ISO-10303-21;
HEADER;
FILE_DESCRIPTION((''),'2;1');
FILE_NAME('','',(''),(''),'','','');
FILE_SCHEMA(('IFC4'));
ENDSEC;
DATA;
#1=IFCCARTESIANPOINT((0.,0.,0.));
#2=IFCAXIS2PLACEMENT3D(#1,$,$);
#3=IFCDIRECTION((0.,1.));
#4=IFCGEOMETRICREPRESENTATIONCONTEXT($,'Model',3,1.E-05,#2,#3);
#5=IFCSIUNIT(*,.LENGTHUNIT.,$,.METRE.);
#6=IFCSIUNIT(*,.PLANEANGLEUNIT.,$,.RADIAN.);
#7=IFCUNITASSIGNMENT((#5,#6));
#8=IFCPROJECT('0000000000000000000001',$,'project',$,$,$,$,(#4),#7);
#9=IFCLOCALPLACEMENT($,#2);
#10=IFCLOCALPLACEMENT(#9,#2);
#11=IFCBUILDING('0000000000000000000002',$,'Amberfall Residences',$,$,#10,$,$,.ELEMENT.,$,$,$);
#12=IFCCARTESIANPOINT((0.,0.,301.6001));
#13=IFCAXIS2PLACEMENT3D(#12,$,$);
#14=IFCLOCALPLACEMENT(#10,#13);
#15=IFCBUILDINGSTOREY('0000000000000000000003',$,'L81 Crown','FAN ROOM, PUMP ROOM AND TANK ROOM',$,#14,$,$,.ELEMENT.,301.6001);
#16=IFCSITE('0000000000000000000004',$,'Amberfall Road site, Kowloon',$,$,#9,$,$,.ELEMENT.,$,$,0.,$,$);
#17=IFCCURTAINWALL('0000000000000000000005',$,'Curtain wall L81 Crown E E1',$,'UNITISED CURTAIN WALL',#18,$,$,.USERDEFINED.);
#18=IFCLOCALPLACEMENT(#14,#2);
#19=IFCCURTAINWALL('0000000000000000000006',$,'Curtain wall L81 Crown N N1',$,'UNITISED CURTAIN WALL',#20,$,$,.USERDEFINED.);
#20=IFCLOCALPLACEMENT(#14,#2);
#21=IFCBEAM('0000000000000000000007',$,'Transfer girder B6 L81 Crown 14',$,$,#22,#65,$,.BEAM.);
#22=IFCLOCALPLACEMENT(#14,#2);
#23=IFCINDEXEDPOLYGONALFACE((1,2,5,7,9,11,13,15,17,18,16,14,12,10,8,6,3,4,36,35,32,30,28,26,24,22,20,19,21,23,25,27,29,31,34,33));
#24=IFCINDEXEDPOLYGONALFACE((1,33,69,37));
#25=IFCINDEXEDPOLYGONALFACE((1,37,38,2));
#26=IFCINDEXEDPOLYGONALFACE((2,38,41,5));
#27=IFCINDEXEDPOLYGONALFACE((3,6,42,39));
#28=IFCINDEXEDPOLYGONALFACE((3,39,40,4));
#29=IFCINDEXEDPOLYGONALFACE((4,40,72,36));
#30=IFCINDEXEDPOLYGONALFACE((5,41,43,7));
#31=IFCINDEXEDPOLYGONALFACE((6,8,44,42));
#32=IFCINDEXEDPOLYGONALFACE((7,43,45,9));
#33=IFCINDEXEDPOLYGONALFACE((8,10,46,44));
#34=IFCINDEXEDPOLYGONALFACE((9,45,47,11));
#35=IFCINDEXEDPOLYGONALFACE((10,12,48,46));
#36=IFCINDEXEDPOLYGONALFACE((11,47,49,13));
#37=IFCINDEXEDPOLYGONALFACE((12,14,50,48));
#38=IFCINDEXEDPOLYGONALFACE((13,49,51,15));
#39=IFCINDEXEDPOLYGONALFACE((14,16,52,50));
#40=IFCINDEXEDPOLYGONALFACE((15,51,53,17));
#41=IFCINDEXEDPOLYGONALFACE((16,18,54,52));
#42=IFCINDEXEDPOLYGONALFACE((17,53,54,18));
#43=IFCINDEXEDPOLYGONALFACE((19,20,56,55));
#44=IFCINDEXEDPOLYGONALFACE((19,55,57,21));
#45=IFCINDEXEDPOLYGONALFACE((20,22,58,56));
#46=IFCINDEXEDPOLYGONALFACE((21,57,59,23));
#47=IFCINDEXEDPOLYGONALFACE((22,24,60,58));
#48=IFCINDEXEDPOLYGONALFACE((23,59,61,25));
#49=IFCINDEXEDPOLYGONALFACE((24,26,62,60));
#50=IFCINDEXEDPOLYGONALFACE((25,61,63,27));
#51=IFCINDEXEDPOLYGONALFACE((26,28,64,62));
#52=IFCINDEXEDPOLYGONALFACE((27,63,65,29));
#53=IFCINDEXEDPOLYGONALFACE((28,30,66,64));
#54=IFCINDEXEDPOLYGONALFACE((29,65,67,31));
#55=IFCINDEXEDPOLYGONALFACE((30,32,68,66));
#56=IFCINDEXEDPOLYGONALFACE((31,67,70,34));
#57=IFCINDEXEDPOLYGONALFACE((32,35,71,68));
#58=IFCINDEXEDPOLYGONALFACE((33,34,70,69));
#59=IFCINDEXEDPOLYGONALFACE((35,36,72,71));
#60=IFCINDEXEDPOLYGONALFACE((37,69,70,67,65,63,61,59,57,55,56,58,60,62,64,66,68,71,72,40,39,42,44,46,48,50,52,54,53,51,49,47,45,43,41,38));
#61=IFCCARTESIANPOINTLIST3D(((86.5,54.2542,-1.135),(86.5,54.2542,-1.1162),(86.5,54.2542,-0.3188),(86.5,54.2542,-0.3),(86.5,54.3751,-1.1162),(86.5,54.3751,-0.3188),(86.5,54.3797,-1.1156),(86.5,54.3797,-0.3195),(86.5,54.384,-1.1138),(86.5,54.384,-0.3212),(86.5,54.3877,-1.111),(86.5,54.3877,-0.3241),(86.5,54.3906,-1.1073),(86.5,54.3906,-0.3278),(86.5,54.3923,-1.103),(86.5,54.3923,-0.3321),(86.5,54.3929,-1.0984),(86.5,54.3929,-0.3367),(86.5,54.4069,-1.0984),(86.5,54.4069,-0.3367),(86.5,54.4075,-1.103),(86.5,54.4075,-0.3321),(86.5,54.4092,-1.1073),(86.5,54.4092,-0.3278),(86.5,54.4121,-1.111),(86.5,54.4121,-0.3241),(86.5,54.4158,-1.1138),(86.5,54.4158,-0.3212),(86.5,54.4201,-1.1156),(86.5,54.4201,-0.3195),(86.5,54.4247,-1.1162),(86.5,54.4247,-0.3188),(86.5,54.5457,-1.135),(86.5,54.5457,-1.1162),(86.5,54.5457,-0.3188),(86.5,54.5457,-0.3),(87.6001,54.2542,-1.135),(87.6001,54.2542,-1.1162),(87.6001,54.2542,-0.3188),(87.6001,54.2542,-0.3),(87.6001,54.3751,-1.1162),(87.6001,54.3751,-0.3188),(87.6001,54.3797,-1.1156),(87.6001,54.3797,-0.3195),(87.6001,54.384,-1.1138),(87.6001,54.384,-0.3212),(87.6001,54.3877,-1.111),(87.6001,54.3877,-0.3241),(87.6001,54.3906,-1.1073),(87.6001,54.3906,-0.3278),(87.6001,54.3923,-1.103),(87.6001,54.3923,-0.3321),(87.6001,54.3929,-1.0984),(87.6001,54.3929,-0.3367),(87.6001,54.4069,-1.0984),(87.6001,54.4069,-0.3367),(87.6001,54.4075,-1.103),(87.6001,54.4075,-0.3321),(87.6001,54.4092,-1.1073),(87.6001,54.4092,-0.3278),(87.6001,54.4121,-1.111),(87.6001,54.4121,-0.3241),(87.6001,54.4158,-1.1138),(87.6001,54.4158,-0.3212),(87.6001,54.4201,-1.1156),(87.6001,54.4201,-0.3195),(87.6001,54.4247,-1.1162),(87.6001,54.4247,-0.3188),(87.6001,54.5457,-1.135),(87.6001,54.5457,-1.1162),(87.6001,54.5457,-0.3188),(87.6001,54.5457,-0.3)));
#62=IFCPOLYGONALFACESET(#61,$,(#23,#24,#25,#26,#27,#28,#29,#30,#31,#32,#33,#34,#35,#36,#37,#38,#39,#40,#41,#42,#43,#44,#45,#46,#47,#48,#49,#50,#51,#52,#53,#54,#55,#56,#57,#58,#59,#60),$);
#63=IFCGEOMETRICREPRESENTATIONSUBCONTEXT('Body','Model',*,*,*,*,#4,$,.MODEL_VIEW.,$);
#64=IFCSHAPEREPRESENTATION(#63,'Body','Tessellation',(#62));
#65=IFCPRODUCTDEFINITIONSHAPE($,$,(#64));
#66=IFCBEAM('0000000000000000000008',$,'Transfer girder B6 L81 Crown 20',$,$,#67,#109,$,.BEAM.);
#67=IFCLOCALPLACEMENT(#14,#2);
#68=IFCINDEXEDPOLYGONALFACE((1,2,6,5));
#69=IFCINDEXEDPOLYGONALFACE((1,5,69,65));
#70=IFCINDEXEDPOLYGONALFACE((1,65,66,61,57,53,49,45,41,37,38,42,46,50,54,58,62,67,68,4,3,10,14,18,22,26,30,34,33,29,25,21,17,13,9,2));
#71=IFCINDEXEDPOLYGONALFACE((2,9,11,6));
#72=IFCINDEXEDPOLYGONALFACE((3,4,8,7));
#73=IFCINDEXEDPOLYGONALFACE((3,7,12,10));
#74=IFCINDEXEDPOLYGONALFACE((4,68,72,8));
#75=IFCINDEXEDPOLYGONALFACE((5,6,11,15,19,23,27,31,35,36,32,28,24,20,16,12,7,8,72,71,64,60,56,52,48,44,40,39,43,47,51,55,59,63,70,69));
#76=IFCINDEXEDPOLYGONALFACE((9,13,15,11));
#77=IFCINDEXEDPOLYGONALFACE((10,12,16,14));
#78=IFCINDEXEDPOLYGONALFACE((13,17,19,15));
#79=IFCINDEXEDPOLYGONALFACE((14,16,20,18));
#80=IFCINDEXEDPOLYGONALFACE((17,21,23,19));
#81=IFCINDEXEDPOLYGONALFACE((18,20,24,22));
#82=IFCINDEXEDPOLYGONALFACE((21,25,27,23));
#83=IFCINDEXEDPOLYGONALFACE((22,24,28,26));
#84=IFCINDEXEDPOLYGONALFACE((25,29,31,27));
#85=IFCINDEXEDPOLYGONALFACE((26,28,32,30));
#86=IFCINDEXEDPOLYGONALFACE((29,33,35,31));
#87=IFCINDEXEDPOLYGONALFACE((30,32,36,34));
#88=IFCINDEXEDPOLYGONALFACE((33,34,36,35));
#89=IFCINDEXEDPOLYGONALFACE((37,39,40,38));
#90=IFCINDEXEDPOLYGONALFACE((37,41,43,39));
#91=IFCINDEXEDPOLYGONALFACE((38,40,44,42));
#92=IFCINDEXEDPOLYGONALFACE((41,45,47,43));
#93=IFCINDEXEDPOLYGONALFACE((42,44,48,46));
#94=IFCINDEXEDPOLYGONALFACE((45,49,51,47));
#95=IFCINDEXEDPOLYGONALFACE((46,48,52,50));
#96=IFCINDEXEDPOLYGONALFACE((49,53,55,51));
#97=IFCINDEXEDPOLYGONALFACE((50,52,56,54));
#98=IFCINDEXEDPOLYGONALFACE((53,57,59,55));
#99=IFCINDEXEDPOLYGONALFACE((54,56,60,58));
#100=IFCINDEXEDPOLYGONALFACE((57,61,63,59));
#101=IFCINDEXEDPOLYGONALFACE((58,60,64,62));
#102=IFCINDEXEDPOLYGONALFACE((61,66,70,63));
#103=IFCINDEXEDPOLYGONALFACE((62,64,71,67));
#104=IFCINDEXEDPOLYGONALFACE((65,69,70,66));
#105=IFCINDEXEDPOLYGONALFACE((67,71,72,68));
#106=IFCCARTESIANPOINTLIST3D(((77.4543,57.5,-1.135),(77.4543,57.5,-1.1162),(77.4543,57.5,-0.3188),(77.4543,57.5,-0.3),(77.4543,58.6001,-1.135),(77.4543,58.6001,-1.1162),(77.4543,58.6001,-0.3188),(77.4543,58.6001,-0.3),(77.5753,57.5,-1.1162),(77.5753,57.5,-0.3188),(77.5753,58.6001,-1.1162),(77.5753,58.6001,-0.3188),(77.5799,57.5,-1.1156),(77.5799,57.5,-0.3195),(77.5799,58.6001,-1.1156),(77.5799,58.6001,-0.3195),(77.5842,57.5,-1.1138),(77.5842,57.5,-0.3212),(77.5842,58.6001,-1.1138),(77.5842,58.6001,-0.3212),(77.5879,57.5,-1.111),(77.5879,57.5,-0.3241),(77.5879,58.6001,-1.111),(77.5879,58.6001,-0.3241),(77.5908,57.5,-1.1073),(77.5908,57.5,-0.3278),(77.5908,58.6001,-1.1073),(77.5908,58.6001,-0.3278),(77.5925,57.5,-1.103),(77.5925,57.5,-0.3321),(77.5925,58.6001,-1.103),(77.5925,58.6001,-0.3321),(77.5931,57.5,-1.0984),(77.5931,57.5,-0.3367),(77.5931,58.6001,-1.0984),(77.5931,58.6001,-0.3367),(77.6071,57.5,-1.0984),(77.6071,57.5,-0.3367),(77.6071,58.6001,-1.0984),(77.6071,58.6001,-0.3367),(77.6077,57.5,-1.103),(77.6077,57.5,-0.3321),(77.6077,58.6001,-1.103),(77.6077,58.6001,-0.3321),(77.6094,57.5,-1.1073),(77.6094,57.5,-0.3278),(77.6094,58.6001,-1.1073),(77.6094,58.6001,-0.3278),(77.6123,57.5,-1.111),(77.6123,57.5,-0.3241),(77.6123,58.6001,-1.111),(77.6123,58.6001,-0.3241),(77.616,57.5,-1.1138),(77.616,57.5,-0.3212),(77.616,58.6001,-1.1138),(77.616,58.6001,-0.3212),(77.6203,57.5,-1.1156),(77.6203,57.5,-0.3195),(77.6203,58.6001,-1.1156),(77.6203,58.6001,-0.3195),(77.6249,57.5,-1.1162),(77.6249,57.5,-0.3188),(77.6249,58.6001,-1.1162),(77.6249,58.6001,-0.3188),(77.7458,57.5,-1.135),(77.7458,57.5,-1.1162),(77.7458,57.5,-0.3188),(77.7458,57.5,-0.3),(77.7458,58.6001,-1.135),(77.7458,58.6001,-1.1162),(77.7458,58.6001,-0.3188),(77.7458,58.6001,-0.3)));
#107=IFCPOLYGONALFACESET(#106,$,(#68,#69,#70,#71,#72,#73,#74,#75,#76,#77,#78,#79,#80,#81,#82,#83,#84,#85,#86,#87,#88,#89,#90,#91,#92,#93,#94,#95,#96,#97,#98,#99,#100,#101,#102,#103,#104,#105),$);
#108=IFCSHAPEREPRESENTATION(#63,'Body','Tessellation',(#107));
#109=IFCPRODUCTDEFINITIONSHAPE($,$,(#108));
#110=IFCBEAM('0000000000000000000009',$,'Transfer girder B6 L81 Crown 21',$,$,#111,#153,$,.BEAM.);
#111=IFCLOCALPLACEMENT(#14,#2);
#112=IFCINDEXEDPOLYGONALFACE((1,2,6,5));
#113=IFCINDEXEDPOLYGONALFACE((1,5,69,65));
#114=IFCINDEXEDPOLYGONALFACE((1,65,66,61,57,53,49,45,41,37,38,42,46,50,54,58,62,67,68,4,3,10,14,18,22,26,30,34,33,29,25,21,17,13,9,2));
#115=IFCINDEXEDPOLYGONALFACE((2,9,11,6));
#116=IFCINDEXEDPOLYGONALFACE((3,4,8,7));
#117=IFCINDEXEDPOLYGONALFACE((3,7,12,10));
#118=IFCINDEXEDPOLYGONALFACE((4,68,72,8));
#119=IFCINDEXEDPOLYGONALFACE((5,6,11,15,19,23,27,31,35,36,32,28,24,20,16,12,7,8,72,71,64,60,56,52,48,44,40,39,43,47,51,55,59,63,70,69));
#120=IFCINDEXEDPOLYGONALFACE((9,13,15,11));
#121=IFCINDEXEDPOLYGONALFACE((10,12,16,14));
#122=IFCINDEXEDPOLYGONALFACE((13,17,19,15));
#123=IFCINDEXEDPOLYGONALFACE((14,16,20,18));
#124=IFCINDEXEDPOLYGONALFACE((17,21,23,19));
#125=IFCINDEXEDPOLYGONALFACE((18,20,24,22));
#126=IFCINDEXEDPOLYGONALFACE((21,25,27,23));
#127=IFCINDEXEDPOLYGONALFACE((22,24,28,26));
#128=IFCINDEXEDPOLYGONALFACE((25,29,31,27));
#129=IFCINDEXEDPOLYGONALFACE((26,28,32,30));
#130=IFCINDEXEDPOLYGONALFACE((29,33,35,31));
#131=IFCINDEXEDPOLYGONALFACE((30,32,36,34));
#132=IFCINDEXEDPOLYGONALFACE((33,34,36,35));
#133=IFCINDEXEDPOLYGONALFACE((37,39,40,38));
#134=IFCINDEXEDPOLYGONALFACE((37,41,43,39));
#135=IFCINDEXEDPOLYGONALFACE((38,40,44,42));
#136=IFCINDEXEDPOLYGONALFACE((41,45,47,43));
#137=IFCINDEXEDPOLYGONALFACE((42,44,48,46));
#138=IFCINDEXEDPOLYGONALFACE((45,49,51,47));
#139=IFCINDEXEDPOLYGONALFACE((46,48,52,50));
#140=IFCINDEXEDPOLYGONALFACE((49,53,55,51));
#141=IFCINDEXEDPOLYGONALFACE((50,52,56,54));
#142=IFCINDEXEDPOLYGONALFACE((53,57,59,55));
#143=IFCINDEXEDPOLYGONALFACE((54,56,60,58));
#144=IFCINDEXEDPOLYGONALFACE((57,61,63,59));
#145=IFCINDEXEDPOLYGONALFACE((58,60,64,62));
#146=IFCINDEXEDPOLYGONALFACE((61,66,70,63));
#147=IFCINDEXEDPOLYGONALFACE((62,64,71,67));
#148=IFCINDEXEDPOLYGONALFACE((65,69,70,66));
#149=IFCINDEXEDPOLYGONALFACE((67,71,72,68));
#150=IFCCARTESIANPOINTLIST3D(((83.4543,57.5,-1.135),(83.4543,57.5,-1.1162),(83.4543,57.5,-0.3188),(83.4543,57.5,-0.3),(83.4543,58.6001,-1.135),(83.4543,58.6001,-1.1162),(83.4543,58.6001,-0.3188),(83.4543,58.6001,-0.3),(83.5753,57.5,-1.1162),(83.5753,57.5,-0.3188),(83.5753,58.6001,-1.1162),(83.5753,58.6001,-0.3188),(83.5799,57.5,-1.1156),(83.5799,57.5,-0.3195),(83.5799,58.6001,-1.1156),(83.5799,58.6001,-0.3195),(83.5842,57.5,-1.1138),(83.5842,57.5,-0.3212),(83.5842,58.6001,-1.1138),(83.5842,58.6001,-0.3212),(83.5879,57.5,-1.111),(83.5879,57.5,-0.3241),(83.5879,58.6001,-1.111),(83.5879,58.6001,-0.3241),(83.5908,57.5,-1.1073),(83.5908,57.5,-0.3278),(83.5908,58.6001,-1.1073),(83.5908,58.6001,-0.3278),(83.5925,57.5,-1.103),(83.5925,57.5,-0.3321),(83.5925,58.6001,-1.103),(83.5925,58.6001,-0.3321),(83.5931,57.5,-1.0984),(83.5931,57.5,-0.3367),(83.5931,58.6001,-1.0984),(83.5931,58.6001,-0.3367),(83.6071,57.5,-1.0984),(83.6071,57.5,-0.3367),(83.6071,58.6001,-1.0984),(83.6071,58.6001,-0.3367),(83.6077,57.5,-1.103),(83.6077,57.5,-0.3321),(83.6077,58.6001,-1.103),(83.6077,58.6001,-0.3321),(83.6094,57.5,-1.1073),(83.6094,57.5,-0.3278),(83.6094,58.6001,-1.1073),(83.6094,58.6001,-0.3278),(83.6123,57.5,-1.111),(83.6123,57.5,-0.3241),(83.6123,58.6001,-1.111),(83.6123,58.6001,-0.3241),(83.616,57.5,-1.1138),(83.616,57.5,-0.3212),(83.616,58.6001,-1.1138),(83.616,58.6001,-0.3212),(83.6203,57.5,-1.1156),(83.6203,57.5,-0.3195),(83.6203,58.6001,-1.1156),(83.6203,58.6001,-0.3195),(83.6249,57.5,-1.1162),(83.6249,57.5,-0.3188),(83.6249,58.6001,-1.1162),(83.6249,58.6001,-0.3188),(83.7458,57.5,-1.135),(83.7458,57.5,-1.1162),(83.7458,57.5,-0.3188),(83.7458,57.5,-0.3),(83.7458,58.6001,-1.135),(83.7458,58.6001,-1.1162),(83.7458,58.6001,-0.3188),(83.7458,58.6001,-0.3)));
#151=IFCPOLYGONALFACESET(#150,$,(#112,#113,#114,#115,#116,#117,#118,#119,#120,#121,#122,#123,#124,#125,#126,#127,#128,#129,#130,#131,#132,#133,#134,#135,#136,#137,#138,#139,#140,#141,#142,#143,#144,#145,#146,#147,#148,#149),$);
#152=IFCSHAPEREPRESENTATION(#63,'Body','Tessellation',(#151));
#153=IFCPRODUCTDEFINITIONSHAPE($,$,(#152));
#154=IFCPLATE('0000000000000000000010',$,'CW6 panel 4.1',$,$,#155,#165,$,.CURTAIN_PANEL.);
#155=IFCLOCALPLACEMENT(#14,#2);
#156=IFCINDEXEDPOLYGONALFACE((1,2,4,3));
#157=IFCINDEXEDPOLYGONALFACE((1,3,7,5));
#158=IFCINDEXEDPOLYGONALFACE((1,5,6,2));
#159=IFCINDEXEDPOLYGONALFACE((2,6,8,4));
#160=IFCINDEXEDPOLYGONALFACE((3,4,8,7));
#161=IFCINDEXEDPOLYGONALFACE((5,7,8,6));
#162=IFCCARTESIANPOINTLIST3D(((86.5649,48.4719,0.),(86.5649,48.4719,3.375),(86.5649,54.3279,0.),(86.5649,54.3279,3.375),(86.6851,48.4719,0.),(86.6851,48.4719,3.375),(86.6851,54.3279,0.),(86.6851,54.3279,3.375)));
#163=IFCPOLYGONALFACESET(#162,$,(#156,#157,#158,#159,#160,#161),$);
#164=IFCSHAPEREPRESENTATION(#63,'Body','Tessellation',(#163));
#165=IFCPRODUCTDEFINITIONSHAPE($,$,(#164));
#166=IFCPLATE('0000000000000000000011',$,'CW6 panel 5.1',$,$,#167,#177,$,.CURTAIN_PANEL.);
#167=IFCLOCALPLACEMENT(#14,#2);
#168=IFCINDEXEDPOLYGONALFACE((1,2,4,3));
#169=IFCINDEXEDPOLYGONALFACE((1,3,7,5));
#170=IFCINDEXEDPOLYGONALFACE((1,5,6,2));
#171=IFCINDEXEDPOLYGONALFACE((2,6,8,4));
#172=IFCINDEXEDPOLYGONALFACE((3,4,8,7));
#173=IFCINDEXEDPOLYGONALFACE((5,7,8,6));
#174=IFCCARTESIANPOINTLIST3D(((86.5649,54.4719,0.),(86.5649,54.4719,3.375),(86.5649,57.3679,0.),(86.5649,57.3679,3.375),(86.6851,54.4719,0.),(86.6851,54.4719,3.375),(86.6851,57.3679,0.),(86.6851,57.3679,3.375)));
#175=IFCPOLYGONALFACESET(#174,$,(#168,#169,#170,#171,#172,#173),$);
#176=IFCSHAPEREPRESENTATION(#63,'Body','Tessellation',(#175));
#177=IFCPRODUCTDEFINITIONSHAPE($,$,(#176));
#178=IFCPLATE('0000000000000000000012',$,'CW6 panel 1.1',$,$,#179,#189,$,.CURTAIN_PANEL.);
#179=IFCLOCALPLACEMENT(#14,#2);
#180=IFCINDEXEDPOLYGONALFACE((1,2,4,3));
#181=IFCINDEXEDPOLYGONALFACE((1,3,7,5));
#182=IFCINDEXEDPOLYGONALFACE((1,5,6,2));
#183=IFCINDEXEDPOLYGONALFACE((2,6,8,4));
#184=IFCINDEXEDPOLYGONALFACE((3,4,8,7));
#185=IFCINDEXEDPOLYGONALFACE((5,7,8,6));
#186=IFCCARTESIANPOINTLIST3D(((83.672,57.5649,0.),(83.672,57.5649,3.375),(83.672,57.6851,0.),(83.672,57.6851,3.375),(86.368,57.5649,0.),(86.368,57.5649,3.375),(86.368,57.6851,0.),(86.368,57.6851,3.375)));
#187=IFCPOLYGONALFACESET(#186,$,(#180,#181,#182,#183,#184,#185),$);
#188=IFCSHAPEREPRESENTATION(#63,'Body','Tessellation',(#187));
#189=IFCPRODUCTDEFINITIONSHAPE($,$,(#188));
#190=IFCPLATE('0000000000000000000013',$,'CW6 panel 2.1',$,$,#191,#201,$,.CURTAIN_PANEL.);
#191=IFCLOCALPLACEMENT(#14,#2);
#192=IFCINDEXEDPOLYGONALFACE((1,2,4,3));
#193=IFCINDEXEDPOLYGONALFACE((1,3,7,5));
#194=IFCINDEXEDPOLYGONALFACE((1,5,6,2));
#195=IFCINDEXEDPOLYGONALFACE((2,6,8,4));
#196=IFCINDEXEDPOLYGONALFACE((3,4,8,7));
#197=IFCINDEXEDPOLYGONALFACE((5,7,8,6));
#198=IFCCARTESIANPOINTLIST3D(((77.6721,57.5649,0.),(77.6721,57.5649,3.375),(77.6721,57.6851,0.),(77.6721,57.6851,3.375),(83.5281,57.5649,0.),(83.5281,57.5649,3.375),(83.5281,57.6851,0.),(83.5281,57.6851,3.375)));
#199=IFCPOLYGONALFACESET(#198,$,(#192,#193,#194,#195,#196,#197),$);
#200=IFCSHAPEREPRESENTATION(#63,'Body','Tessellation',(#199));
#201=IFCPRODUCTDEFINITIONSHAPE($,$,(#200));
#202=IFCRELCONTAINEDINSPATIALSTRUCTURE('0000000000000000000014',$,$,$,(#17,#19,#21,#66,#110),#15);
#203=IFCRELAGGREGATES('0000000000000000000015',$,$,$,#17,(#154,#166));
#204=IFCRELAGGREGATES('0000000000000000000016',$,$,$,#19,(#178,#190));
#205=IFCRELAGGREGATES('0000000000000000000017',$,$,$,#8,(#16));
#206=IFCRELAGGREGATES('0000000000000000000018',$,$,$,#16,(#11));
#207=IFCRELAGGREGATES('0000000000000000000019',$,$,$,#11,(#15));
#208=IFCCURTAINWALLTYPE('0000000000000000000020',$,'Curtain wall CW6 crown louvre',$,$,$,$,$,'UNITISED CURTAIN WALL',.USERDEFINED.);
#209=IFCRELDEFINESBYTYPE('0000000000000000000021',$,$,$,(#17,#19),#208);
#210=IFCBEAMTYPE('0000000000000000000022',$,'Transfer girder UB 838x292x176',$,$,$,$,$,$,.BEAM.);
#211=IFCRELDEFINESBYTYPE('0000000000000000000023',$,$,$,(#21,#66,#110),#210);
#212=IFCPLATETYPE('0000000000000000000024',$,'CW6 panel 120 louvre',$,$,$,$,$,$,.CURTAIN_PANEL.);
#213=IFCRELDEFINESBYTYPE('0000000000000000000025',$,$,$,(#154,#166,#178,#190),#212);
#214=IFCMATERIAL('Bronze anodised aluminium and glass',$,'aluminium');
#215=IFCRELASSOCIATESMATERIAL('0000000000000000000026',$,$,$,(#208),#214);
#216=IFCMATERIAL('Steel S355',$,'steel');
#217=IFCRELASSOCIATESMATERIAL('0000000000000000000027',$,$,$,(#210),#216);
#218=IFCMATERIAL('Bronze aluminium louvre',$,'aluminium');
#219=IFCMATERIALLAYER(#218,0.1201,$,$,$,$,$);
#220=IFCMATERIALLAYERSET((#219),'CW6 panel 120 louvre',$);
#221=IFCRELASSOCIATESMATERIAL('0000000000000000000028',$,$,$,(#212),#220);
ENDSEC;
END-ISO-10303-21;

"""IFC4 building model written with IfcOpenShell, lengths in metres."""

from ifc_helpers import new_model, si_unit, direction, frame, origin, origin_2d, place, context, subcontext, project, spatial, rectangle, i_section, extrude, material, layer, layer_set, material_profile, profile_set, type_object, element, aggregate, save


model = new_model("IFC4")

# Units and contexts
model_context = context("Model", 3, precision=1e-05, world=origin(), true_north=direction((0.0, 1.0)))
body_context = subcontext(model_context, "Body", "Model", "MODEL_VIEW")
ifc_project = project(units=[si_unit("LENGTHUNIT", "METRE"), si_unit("PLANEANGLEUNIT", "RADIAN")], contexts=[model_context])

# Site, building, storey
site_placement = place(None, origin())
site = spatial("IfcSite", under=ifc_project, at=site_placement, Name="Amberfall Road site, Kowloon", CompositionType="ELEMENT", RefElevation=0.0)
building_placement = place(site_placement, origin())
building = spatial("IfcBuilding", under=site, at=building_placement, Name="Amberfall Residences", CompositionType="ELEMENT")
storey_placement = place(building_placement, frame((0.0, 0.0, 301.6001)))
storey = spatial("IfcBuildingStorey", under=building, at=storey_placement, Name="L81 Crown", Description="FAN ROOM, PUMP ROOM AND TANK ROOM", CompositionType="ELEMENT", Elevation=301.6001)

# Curtain walls
ifc_material_1 = material(Name="Bronze anodised aluminium and glass", Category="aluminium")
curtain_wall_type = type_object("IfcCurtainWallType", Name="Curtain wall CW6 crown louvre", ElementType="UNITISED CURTAIN WALL", PredefinedType="USERDEFINED", material=ifc_material_1)
curtain_wall_1_placement = place(storey_placement, origin())
curtain_wall_1 = element("IfcCurtainWall", 1, at=curtain_wall_1_placement, inside=storey, type_object=curtain_wall_type, Name="Curtain wall L81 Crown E E1", ObjectType="UNITISED CURTAIN WALL", PredefinedType="USERDEFINED")
curtain_wall_2_placement = place(storey_placement, origin())
curtain_wall_2 = element("IfcCurtainWall", 2, at=curtain_wall_2_placement, inside=storey, type_object=curtain_wall_type, Name="Curtain wall L81 Crown N N1", ObjectType="UNITISED CURTAIN WALL", PredefinedType="USERDEFINED")

# Beams
ifc_material_2 = material(Name="Steel S355", Category="steel")
ifc_material_profile_1 = material_profile(ifc_material_2, i_section(OverallWidth=0.2915, OverallDepth=0.835, WebThickness=0.0139, FlangeThickness=0.0188, FilletRadius=0.0178, at=origin_2d()), Name="UB 838x292x176")
ifc_profile_set_1 = profile_set([ifc_material_profile_1], Name="Steel S355")
beam_type_1 = type_object("IfcBeamType", Name="Transfer girder UB 838x292x176", PredefinedType="BEAM", material=ifc_profile_set_1)
for number, where, z_axis, x_axis, name in (
    (3, (87.6001, 54.3999, -0.7175), (-1.0, 0.0, 0.0), (0.0, -1.0, 0.0), "Transfer girder B6 L81 Crown 14"),
    (4, (77.6001, 58.6001, -0.7175), (0.0, -1.0, 0.0), (1.0, 0.0, 0.0), "Transfer girder B6 L81 Crown 20"),
    (5, (83.6001, 58.6001, -0.7175), (0.0, -1.0, 0.0), (1.0, 0.0, 0.0), "Transfer girder B6 L81 Crown 21"),
):
    element("IfcBeam", number, at=place(storey_placement, frame(where, z_axis=z_axis, x_axis=x_axis)), inside=storey, type_object=beam_type_1, Name=name, PredefinedType="BEAM", context=body_context, shape_type="SweptSolid", body=[
        extrude(i_section(OverallWidth=0.2915, OverallDepth=0.835, WebThickness=0.0139, FlangeThickness=0.0188, FilletRadius=0.0178, at=origin_2d()), origin(), (0.0, 0.0, 1.0), 1.1001),
    ])

# Plates
ifc_material_3 = material(Name="Bronze aluminium louvre", Category="aluminium")
ifc_layer_1 = layer(ifc_material_3, 0.1201)
ifc_layer_set_1 = layer_set([ifc_layer_1], Name="CW6 panel 120 louvre")
plate_type = type_object("IfcPlateType", Name="CW6 panel 120 louvre", PredefinedType="CURTAIN_PANEL", material=ifc_layer_set_1)
plate_1_placement = place(storey_placement, frame((86.625, 51.3999, 0.0), z_axis=(0.0, 0.0, 1.0), x_axis=(0.0, 1.0, 0.0)))
plate_1 = element("IfcPlate", 6, at=plate_1_placement, type_object=plate_type, Name="CW6 panel 4.1", PredefinedType="CURTAIN_PANEL", context=body_context, shape_type="SweptSolid", body=[
    extrude(rectangle(XDim=5.856, YDim=0.1201, at=origin_2d()), origin(), (0.0, 0.0, 1.0), 3.375),
])
plate_2_placement = place(storey_placement, frame((86.625, 55.9199, 0.0), z_axis=(0.0, 0.0, 1.0), x_axis=(0.0, 1.0, 0.0)))
plate_2 = element("IfcPlate", 7, at=plate_2_placement, type_object=plate_type, Name="CW6 panel 5.1", PredefinedType="CURTAIN_PANEL", context=body_context, shape_type="SweptSolid", body=[
    extrude(rectangle(XDim=2.896, YDim=0.1201, at=origin_2d()), origin(), (0.0, 0.0, 1.0), 3.375),
])
aggregate(curtain_wall_1, [plate_1, plate_2])
plate_3_placement = place(storey_placement, frame((85.02, 57.625, 0.0), z_axis=(0.0, 0.0, 1.0), x_axis=(-1.0, 0.0, 0.0)))
plate_3 = element("IfcPlate", 8, at=plate_3_placement, type_object=plate_type, Name="CW6 panel 1.1", PredefinedType="CURTAIN_PANEL", context=body_context, shape_type="SweptSolid", body=[
    extrude(rectangle(XDim=2.696, YDim=0.1201, at=origin_2d()), origin(), (0.0, 0.0, 1.0), 3.375),
])
plate_4_placement = place(storey_placement, frame((80.6001, 57.625, 0.0), z_axis=(0.0, 0.0, 1.0), x_axis=(-1.0, 0.0, 0.0)))
plate_4 = element("IfcPlate", 9, at=plate_4_placement, type_object=plate_type, Name="CW6 panel 2.1", PredefinedType="CURTAIN_PANEL", context=body_context, shape_type="SweptSolid", body=[
    extrude(rectangle(XDim=5.856, YDim=0.1201, at=origin_2d()), origin(), (0.0, 0.0, 1.0), 3.375),
])
aggregate(curtain_wall_2, [plate_3, plate_4])

save(model, "model.ifc")
